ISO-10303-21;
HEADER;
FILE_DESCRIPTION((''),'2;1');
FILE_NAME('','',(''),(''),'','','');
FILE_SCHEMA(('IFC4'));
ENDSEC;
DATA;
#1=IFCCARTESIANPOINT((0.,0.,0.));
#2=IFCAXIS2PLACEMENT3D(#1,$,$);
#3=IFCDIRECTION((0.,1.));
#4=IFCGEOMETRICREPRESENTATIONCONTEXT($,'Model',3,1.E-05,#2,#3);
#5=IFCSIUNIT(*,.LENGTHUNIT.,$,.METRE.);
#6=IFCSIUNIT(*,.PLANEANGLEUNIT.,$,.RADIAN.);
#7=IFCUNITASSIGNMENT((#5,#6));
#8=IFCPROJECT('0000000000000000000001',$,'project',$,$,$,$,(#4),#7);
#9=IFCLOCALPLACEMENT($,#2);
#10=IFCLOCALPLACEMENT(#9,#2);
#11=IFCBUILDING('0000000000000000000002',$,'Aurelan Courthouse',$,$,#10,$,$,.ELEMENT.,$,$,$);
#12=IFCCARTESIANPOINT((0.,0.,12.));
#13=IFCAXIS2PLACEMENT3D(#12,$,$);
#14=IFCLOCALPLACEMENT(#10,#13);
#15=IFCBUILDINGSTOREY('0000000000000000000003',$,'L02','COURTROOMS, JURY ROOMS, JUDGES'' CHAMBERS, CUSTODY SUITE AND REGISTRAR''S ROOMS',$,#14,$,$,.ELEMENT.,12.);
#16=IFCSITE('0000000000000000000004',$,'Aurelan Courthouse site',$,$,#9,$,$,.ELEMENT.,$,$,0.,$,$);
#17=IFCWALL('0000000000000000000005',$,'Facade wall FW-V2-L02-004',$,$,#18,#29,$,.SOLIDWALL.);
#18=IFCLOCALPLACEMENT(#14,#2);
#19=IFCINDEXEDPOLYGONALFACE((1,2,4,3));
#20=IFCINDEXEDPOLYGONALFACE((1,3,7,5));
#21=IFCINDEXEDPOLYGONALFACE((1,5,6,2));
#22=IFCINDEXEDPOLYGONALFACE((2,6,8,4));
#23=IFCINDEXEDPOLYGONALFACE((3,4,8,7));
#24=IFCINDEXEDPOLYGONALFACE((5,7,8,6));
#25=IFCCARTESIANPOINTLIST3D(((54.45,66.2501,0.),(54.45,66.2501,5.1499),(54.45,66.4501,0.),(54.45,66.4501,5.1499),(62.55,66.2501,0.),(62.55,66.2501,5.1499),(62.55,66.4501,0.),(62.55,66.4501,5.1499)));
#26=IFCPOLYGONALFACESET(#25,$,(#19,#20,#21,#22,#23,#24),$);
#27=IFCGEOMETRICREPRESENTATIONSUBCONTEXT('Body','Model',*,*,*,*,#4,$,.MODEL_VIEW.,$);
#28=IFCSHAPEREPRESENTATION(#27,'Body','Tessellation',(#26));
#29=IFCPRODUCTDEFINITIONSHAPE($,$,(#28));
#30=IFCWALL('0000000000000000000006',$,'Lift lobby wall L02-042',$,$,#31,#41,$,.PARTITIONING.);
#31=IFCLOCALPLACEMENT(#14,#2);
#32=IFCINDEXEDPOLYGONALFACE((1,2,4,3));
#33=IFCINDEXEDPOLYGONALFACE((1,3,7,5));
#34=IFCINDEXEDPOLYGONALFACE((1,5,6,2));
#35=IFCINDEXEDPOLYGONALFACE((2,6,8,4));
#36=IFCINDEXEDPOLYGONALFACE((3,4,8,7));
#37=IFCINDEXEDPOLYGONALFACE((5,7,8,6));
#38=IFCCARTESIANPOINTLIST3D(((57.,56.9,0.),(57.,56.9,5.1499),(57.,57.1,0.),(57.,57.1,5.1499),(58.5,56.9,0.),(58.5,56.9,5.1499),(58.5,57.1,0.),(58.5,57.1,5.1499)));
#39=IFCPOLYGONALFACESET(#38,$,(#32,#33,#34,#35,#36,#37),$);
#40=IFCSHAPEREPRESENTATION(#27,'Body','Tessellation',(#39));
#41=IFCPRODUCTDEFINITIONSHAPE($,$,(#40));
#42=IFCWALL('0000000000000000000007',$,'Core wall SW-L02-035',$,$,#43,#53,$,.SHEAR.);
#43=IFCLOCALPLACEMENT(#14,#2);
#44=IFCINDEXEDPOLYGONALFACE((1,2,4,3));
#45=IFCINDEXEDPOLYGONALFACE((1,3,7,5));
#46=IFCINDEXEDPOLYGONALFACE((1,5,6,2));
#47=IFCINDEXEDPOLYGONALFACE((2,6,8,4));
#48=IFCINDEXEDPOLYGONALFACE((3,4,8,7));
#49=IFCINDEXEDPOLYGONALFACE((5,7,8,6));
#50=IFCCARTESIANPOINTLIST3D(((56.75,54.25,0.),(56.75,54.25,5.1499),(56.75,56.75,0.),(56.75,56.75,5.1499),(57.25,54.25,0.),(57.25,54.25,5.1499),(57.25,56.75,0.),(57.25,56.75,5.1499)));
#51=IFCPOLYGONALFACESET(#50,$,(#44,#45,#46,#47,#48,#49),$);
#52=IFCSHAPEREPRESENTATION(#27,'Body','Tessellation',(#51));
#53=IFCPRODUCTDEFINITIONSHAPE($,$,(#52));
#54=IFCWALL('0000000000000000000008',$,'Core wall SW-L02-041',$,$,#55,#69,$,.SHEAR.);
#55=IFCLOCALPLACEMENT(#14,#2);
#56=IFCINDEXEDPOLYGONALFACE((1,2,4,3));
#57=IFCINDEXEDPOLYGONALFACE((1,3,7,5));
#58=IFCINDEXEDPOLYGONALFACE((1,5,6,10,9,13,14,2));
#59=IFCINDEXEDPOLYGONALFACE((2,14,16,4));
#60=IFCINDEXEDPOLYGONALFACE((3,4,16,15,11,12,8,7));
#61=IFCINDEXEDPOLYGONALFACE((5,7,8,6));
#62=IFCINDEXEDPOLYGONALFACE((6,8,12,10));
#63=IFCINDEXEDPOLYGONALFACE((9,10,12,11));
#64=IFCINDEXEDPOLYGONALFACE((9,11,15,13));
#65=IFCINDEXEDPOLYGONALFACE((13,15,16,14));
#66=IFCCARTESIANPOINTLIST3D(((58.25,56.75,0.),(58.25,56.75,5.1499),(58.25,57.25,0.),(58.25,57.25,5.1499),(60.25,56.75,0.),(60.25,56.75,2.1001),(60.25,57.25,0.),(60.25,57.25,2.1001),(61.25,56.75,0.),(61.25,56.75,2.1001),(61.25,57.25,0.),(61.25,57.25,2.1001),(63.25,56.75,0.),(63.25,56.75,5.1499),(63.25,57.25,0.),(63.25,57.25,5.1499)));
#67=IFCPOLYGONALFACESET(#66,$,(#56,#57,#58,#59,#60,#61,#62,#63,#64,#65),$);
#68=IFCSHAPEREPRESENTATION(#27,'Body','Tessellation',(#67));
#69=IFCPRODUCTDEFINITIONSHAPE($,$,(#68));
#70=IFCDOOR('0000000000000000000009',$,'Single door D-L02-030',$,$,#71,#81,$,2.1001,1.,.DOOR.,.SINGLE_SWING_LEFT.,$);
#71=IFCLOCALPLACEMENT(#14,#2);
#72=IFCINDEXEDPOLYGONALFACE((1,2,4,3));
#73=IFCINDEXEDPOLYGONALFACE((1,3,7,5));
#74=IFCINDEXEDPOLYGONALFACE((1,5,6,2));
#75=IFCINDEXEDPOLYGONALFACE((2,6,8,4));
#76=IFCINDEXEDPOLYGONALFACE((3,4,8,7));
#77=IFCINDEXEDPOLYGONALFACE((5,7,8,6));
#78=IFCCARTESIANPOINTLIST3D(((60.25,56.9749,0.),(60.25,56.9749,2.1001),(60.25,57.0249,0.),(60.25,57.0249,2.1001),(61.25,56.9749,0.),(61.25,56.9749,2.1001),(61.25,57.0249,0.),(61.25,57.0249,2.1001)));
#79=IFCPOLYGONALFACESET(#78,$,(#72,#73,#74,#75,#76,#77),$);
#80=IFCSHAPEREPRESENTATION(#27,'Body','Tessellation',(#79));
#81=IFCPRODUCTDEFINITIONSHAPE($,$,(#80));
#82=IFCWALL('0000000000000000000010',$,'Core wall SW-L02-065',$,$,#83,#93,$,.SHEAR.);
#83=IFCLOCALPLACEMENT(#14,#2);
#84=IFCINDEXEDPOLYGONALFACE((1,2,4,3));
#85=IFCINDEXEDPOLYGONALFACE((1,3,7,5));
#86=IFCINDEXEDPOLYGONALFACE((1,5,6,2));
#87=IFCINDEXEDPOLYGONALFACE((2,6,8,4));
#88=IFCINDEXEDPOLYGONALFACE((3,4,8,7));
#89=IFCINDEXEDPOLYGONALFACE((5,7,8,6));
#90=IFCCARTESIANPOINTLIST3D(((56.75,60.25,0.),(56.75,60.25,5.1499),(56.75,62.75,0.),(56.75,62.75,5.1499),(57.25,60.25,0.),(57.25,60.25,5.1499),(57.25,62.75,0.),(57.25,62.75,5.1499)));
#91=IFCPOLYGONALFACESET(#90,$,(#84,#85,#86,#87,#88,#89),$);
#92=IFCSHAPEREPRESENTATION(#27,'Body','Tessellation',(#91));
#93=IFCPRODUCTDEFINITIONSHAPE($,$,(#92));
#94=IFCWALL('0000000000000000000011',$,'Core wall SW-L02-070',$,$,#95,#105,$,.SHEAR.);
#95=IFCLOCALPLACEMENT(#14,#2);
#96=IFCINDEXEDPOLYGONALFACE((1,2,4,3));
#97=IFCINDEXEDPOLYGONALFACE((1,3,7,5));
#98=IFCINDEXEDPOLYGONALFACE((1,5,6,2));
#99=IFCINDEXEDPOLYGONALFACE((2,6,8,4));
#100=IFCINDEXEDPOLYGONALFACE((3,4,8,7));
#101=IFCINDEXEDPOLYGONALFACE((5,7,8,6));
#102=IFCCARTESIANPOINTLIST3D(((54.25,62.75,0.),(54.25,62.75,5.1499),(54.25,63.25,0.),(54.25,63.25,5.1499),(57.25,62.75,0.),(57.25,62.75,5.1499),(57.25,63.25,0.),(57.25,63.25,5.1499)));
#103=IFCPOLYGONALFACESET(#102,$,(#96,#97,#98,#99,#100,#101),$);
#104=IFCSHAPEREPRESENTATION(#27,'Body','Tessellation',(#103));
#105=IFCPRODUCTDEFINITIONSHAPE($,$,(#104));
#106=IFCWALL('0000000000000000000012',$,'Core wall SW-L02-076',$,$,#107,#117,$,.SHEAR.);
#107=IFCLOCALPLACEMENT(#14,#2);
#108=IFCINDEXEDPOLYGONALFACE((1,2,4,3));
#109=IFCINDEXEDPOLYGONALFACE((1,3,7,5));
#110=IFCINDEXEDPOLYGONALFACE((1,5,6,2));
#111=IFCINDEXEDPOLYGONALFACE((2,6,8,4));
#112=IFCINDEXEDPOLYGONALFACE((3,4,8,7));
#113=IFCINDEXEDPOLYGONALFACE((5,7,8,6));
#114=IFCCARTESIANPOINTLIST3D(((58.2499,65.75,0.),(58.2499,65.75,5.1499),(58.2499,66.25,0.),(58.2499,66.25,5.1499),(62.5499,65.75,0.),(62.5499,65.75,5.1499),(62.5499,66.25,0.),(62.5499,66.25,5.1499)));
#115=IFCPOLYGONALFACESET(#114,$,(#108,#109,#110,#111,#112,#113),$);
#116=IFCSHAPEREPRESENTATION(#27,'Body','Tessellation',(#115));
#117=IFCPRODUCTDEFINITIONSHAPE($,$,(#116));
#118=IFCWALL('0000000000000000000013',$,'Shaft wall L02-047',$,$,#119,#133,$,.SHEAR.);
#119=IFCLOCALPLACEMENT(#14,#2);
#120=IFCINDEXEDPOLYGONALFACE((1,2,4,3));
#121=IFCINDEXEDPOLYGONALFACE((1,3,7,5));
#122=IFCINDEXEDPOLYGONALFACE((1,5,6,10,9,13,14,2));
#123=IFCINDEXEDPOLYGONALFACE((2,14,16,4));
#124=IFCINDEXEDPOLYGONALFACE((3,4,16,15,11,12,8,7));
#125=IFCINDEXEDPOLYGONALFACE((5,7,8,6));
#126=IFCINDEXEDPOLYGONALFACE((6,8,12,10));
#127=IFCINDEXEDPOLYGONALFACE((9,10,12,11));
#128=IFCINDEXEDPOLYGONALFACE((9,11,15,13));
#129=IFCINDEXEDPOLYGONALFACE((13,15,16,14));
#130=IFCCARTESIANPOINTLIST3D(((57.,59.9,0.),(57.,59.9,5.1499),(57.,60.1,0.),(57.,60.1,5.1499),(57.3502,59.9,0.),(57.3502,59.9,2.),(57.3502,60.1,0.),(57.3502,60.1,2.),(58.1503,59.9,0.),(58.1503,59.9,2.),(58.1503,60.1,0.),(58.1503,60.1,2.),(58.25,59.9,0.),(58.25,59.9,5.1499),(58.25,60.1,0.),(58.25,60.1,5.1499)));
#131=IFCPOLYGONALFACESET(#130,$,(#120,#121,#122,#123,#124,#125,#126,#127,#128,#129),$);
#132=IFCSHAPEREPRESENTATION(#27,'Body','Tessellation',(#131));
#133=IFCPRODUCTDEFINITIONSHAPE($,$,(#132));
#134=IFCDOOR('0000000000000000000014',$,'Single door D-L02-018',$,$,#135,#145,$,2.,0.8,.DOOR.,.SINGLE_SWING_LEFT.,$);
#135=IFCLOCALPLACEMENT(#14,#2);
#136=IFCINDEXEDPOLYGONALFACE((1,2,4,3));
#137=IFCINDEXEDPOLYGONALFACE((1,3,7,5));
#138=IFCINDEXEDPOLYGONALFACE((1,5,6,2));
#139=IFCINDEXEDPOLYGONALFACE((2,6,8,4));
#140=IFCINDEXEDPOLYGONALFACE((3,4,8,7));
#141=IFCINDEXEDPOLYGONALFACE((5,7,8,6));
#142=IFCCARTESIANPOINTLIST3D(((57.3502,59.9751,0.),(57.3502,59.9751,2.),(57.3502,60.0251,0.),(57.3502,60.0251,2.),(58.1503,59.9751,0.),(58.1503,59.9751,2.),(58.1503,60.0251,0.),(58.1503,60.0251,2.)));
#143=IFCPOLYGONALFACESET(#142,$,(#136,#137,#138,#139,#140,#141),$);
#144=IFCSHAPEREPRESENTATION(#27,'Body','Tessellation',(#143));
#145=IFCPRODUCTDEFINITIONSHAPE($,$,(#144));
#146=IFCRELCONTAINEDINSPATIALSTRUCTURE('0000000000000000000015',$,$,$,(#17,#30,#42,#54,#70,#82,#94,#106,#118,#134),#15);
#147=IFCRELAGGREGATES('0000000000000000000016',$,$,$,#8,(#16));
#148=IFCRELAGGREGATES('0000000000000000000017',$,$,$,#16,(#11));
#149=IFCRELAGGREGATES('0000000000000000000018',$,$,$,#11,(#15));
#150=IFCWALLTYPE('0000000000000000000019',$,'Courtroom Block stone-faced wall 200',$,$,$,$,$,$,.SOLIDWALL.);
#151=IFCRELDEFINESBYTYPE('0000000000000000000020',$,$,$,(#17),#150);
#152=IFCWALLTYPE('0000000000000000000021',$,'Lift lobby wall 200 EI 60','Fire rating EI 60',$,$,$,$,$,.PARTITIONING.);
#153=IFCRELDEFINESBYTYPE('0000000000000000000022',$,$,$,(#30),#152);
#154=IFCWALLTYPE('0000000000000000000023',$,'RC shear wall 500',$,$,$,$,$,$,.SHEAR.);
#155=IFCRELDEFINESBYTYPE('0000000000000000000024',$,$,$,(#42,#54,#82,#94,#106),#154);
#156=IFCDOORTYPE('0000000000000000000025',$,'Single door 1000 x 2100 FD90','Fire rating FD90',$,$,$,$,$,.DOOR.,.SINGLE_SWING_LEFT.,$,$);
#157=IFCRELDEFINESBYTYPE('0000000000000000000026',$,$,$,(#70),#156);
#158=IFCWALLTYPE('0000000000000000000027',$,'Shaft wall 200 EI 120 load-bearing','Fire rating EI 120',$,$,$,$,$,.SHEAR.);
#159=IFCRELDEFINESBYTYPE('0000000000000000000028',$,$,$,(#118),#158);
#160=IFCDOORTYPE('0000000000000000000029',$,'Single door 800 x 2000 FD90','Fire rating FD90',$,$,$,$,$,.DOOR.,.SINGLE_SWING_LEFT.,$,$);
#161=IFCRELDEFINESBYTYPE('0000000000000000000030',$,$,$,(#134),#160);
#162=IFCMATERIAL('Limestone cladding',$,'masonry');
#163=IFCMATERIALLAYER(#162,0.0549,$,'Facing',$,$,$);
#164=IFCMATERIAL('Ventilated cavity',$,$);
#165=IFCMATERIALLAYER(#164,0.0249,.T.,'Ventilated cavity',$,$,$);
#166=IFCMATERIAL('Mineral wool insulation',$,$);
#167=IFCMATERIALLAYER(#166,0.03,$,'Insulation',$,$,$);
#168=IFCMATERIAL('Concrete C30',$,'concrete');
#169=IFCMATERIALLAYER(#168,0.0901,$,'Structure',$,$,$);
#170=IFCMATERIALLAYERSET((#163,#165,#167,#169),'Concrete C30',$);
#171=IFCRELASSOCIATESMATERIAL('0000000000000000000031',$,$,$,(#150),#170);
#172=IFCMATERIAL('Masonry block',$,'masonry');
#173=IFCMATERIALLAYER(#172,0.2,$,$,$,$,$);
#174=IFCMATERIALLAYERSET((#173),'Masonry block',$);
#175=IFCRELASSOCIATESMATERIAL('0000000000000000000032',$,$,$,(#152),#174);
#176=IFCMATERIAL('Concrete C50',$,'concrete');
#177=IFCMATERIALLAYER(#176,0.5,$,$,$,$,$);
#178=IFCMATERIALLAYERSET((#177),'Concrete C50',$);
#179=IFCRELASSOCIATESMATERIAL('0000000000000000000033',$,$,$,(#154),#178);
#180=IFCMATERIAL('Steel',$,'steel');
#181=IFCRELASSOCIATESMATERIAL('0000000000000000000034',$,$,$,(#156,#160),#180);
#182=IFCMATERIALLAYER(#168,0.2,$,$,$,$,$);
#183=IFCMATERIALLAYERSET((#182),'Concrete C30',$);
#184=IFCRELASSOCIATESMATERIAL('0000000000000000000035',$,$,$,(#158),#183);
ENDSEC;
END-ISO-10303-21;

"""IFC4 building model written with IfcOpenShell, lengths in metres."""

from ifc_helpers import new_model, si_unit, direction, frame, frame_2d, origin, place, context, subcontext, project, spatial, rectangle, extrude, material, layer, layer_set, type_object, element, fill, save


model = new_model("IFC4")

# Units and contexts
model_context = context("Model", 3, precision=1e-05, world=origin(), true_north=direction((0.0, 1.0)))
body_context = subcontext(model_context, "Body", "Model", "MODEL_VIEW")
ifc_project = project(units=[si_unit("LENGTHUNIT", "METRE"), si_unit("PLANEANGLEUNIT", "RADIAN")], contexts=[model_context])

# Site, building, storey
site_placement = place(None, origin())
site = spatial("IfcSite", under=ifc_project, at=site_placement, Name="Aurelan Courthouse site", CompositionType="ELEMENT", RefElevation=0.0)
building_placement = place(site_placement, origin())
building = spatial("IfcBuilding", under=site, at=building_placement, Name="Aurelan Courthouse", CompositionType="ELEMENT")
storey_placement = place(building_placement, frame((0.0, 0.0, 12.0)))
storey = spatial("IfcBuildingStorey", under=building, at=storey_placement, Name="L02", Description="COURTROOMS, JURY ROOMS, JUDGES' CHAMBERS, CUSTODY SUITE AND REGISTRAR'S ROOMS", CompositionType="ELEMENT", Elevation=12.0)

# Walls
ifc_material_1 = material(Name="Limestone cladding", Category="masonry")
ifc_layer_1 = layer(ifc_material_1, 0.0549, Name="Facing")
ifc_material_2 = material(Name="Ventilated cavity")
ifc_layer_2 = layer(ifc_material_2, 0.0249, ventilated=True, Name="Ventilated cavity")
ifc_material_3 = material(Name="Mineral wool insulation")
ifc_layer_3 = layer(ifc_material_3, 0.03, Name="Insulation")
ifc_material_4 = material(Name="Concrete C30", Category="concrete")
ifc_layer_4 = layer(ifc_material_4, 0.0901, Name="Structure")
ifc_layer_set_1 = layer_set([ifc_layer_1, ifc_layer_2, ifc_layer_3, ifc_layer_4], Name="Concrete C30")
wall_type_1 = type_object("IfcWallType", Name="Courtroom Block stone-faced wall 200", PredefinedType="SOLIDWALL", material=ifc_layer_set_1)
wall_1_placement = place(storey_placement, frame((54.45, 66.3501, 0.0), z_axis=(0.0, 0.0, 1.0), x_axis=(1.0, 0.0, 0.0)))
element("IfcWall", 1, at=wall_1_placement, inside=storey, type_object=wall_type_1, Name="Facade wall FW-V2-L02-004", PredefinedType="SOLIDWALL", context=body_context, shape_type="SweptSolid", body=[
    extrude(rectangle(XDim=8.1001, YDim=0.2, at=frame_2d((4.05, 0.0))), origin(), (0.0, 0.0, 1.0), 5.1499),
])
ifc_material_5 = material(Name="Masonry block", Category="masonry")
ifc_layer_5 = layer(ifc_material_5, 0.2)
ifc_layer_set_2 = layer_set([ifc_layer_5], Name="Masonry block")
wall_type_2 = type_object("IfcWallType", Name="Lift lobby wall 200 EI 60", Description="Fire rating EI 60", PredefinedType="PARTITIONING", material=ifc_layer_set_2)
wall_2_placement = place(storey_placement, frame((57.0, 57.0, 0.0), z_axis=(0.0, 0.0, 1.0), x_axis=(1.0, 0.0, 0.0)))
element("IfcWall", 2, at=wall_2_placement, inside=storey, type_object=wall_type_2, Name="Lift lobby wall L02-042", PredefinedType="PARTITIONING", context=body_context, shape_type="SweptSolid", body=[
    extrude(rectangle(XDim=1.5, YDim=0.2, at=frame_2d((0.75, 0.0))), origin(), (0.0, 0.0, 1.0), 5.1499),
])
ifc_material_6 = material(Name="Concrete C50", Category="concrete")
ifc_layer_6 = layer(ifc_material_6, 0.5)
ifc_layer_set_3 = layer_set([ifc_layer_6], Name="Concrete C50")
wall_type_3 = type_object("IfcWallType", Name="RC shear wall 500", PredefinedType="SHEAR", material=ifc_layer_set_3)
wall_3_placement = place(storey_placement, frame((57.0, 54.25, 0.0), z_axis=(0.0, 0.0, 1.0), x_axis=(0.0, 1.0, 0.0)))
element("IfcWall", 3, at=wall_3_placement, inside=storey, type_object=wall_type_3, Name="Core wall SW-L02-035", PredefinedType="SHEAR", context=body_context, shape_type="SweptSolid", body=[
    extrude(rectangle(XDim=2.5, YDim=0.5, at=frame_2d((1.25, 0.0))), origin(), (0.0, 0.0, 1.0), 5.1499),
])

# Wall, opening, door
wall_4_placement = place(storey_placement, frame((58.25, 57.0, 0.0), z_axis=(0.0, 0.0, 1.0), x_axis=(1.0, 0.0, 0.0)))
wall_4 = element("IfcWall", 4, at=wall_4_placement, inside=storey, type_object=wall_type_3, Name="Core wall SW-L02-041", PredefinedType="SHEAR", context=body_context, shape_type="SweptSolid", body=[
    extrude(rectangle(XDim=5.0, YDim=0.5, at=frame_2d((2.5, 0.0))), origin(), (0.0, 0.0, 1.0), 5.1499),
])
opening_1_placement = place(wall_4_placement, frame((2.0, 0.0, 0.0)))
opening_1 = element("IfcOpeningElement", 5, at=opening_1_placement, cuts=wall_4, PredefinedType="OPENING", context=body_context, shape_type="SweptSolid", body=[
    extrude(rectangle(XDim=1.0, YDim=2.1001, at=frame_2d((0.5, 1.05))), frame((0.0, 0.26, 0.0), z_axis=(0.0, -1.0, 0.0), x_axis=(1.0, 0.0, 0.0)), (0.0, 0.0, 1.0), 0.52),
])
ifc_material_7 = material(Name="Steel", Category="steel")
door_type_1 = type_object("IfcDoorType", Name="Single door 1000 x 2100 FD90", Description="Fire rating FD90", OperationType="SINGLE_SWING_LEFT", PredefinedType="DOOR", material=ifc_material_7)
door_1_placement = place(opening_1_placement, origin())
door_1 = element("IfcDoor", 6, at=door_1_placement, inside=storey, type_object=door_type_1, Name="Single door D-L02-030", OperationType="SINGLE_SWING_LEFT", OverallHeight=2.1001, OverallWidth=1.0, PredefinedType="DOOR", context=body_context, shape_type="SweptSolid", body=[
    extrude(rectangle(XDim=1.0, YDim=2.1001, at=frame_2d((0.5, 1.05))), frame((0.0, 0.0249, 0.0), z_axis=(0.0, -1.0, 0.0), x_axis=(1.0, 0.0, 0.0)), (0.0, 0.0, 1.0), 0.05),
])
fill(opening_1, door_1)

# Walls
wall_5_placement = place(storey_placement, frame((57.0, 60.25, 0.0), z_axis=(0.0, 0.0, 1.0), x_axis=(0.0, 1.0, 0.0)))
element("IfcWall", 7, at=wall_5_placement, inside=storey, type_object=wall_type_3, Name="Core wall SW-L02-065", PredefinedType="SHEAR", context=body_context, shape_type="SweptSolid", body=[
    extrude(rectangle(XDim=2.5, YDim=0.5, at=frame_2d((1.25, 0.0))), origin(), (0.0, 0.0, 1.0), 5.1499),
])
wall_6_placement = place(storey_placement, frame((54.25, 63.0, 0.0), z_axis=(0.0, 0.0, 1.0), x_axis=(1.0, 0.0, 0.0)))
element("IfcWall", 8, at=wall_6_placement, inside=storey, type_object=wall_type_3, Name="Core wall SW-L02-070", PredefinedType="SHEAR", context=body_context, shape_type="SweptSolid", body=[
    extrude(rectangle(XDim=3.0, YDim=0.5, at=frame_2d((1.5, 0.0))), origin(), (0.0, 0.0, 1.0), 5.1499),
])
wall_7_placement = place(storey_placement, frame((58.25, 66.0, 0.0), z_axis=(0.0, 0.0, 1.0), x_axis=(1.0, 0.0, 0.0)))
element("IfcWall", 9, at=wall_7_placement, inside=storey, type_object=wall_type_3, Name="Core wall SW-L02-076", PredefinedType="SHEAR", context=body_context, shape_type="SweptSolid", body=[
    extrude(rectangle(XDim=4.3, YDim=0.5, at=frame_2d((2.1499, 0.0))), origin(), (0.0, 0.0, 1.0), 5.1499),
])

# Wall, opening, door
ifc_layer_7 = layer(ifc_material_4, 0.2)
ifc_layer_set_4 = layer_set([ifc_layer_7], Name="Concrete C30")
wall_type_4 = type_object("IfcWallType", Name="Shaft wall 200 EI 120 load-bearing", Description="Fire rating EI 120", PredefinedType="SHEAR", material=ifc_layer_set_4)
wall_8_placement = place(storey_placement, frame((57.0, 60.0, 0.0), z_axis=(0.0, 0.0, 1.0), x_axis=(1.0, 0.0, 0.0)))
wall_8 = element("IfcWall", 10, at=wall_8_placement, inside=storey, type_object=wall_type_4, Name="Shaft wall L02-047", PredefinedType="SHEAR", context=body_context, shape_type="SweptSolid", body=[
    extrude(rectangle(XDim=1.25, YDim=0.2, at=frame_2d((0.625, 0.0))), origin(), (0.0, 0.0, 1.0), 5.1499),
])
opening_2_placement = place(wall_8_placement, frame((1.1501, 0.0, 0.0), z_axis=(0.0, 0.0, 1.0), x_axis=(-1.0, 0.0, 0.0)))
opening_2 = element("IfcOpeningElement", 11, at=opening_2_placement, cuts=wall_8, PredefinedType="OPENING", context=body_context, shape_type="SweptSolid", body=[
    extrude(rectangle(XDim=0.8, YDim=2.0, at=frame_2d((0.3999, 1.0))), frame((0.0, 0.1099, 0.0), z_axis=(0.0, -1.0, 0.0), x_axis=(1.0, 0.0, 0.0)), (0.0, 0.0, 1.0), 0.22),
])
door_type_2 = type_object("IfcDoorType", Name="Single door 800 x 2000 FD90", Description="Fire rating FD90", OperationType="SINGLE_SWING_LEFT", PredefinedType="DOOR", material=ifc_material_7)
door_2_placement = place(opening_2_placement, origin())
door_2 = element("IfcDoor", 12, at=door_2_placement, inside=storey, type_object=door_type_2, Name="Single door D-L02-018", OperationType="SINGLE_SWING_LEFT", OverallHeight=2.0, OverallWidth=0.8, PredefinedType="DOOR", context=body_context, shape_type="SweptSolid", body=[
    extrude(rectangle(XDim=0.8, YDim=2.0, at=frame_2d((0.3999, 1.0))), frame((0.0, 0.0249, 0.0), z_axis=(0.0, -1.0, 0.0), x_axis=(1.0, 0.0, 0.0)), (0.0, 0.0, 1.0), 0.05),
])
fill(opening_2, door_2)

save(model, "model.ifc")
